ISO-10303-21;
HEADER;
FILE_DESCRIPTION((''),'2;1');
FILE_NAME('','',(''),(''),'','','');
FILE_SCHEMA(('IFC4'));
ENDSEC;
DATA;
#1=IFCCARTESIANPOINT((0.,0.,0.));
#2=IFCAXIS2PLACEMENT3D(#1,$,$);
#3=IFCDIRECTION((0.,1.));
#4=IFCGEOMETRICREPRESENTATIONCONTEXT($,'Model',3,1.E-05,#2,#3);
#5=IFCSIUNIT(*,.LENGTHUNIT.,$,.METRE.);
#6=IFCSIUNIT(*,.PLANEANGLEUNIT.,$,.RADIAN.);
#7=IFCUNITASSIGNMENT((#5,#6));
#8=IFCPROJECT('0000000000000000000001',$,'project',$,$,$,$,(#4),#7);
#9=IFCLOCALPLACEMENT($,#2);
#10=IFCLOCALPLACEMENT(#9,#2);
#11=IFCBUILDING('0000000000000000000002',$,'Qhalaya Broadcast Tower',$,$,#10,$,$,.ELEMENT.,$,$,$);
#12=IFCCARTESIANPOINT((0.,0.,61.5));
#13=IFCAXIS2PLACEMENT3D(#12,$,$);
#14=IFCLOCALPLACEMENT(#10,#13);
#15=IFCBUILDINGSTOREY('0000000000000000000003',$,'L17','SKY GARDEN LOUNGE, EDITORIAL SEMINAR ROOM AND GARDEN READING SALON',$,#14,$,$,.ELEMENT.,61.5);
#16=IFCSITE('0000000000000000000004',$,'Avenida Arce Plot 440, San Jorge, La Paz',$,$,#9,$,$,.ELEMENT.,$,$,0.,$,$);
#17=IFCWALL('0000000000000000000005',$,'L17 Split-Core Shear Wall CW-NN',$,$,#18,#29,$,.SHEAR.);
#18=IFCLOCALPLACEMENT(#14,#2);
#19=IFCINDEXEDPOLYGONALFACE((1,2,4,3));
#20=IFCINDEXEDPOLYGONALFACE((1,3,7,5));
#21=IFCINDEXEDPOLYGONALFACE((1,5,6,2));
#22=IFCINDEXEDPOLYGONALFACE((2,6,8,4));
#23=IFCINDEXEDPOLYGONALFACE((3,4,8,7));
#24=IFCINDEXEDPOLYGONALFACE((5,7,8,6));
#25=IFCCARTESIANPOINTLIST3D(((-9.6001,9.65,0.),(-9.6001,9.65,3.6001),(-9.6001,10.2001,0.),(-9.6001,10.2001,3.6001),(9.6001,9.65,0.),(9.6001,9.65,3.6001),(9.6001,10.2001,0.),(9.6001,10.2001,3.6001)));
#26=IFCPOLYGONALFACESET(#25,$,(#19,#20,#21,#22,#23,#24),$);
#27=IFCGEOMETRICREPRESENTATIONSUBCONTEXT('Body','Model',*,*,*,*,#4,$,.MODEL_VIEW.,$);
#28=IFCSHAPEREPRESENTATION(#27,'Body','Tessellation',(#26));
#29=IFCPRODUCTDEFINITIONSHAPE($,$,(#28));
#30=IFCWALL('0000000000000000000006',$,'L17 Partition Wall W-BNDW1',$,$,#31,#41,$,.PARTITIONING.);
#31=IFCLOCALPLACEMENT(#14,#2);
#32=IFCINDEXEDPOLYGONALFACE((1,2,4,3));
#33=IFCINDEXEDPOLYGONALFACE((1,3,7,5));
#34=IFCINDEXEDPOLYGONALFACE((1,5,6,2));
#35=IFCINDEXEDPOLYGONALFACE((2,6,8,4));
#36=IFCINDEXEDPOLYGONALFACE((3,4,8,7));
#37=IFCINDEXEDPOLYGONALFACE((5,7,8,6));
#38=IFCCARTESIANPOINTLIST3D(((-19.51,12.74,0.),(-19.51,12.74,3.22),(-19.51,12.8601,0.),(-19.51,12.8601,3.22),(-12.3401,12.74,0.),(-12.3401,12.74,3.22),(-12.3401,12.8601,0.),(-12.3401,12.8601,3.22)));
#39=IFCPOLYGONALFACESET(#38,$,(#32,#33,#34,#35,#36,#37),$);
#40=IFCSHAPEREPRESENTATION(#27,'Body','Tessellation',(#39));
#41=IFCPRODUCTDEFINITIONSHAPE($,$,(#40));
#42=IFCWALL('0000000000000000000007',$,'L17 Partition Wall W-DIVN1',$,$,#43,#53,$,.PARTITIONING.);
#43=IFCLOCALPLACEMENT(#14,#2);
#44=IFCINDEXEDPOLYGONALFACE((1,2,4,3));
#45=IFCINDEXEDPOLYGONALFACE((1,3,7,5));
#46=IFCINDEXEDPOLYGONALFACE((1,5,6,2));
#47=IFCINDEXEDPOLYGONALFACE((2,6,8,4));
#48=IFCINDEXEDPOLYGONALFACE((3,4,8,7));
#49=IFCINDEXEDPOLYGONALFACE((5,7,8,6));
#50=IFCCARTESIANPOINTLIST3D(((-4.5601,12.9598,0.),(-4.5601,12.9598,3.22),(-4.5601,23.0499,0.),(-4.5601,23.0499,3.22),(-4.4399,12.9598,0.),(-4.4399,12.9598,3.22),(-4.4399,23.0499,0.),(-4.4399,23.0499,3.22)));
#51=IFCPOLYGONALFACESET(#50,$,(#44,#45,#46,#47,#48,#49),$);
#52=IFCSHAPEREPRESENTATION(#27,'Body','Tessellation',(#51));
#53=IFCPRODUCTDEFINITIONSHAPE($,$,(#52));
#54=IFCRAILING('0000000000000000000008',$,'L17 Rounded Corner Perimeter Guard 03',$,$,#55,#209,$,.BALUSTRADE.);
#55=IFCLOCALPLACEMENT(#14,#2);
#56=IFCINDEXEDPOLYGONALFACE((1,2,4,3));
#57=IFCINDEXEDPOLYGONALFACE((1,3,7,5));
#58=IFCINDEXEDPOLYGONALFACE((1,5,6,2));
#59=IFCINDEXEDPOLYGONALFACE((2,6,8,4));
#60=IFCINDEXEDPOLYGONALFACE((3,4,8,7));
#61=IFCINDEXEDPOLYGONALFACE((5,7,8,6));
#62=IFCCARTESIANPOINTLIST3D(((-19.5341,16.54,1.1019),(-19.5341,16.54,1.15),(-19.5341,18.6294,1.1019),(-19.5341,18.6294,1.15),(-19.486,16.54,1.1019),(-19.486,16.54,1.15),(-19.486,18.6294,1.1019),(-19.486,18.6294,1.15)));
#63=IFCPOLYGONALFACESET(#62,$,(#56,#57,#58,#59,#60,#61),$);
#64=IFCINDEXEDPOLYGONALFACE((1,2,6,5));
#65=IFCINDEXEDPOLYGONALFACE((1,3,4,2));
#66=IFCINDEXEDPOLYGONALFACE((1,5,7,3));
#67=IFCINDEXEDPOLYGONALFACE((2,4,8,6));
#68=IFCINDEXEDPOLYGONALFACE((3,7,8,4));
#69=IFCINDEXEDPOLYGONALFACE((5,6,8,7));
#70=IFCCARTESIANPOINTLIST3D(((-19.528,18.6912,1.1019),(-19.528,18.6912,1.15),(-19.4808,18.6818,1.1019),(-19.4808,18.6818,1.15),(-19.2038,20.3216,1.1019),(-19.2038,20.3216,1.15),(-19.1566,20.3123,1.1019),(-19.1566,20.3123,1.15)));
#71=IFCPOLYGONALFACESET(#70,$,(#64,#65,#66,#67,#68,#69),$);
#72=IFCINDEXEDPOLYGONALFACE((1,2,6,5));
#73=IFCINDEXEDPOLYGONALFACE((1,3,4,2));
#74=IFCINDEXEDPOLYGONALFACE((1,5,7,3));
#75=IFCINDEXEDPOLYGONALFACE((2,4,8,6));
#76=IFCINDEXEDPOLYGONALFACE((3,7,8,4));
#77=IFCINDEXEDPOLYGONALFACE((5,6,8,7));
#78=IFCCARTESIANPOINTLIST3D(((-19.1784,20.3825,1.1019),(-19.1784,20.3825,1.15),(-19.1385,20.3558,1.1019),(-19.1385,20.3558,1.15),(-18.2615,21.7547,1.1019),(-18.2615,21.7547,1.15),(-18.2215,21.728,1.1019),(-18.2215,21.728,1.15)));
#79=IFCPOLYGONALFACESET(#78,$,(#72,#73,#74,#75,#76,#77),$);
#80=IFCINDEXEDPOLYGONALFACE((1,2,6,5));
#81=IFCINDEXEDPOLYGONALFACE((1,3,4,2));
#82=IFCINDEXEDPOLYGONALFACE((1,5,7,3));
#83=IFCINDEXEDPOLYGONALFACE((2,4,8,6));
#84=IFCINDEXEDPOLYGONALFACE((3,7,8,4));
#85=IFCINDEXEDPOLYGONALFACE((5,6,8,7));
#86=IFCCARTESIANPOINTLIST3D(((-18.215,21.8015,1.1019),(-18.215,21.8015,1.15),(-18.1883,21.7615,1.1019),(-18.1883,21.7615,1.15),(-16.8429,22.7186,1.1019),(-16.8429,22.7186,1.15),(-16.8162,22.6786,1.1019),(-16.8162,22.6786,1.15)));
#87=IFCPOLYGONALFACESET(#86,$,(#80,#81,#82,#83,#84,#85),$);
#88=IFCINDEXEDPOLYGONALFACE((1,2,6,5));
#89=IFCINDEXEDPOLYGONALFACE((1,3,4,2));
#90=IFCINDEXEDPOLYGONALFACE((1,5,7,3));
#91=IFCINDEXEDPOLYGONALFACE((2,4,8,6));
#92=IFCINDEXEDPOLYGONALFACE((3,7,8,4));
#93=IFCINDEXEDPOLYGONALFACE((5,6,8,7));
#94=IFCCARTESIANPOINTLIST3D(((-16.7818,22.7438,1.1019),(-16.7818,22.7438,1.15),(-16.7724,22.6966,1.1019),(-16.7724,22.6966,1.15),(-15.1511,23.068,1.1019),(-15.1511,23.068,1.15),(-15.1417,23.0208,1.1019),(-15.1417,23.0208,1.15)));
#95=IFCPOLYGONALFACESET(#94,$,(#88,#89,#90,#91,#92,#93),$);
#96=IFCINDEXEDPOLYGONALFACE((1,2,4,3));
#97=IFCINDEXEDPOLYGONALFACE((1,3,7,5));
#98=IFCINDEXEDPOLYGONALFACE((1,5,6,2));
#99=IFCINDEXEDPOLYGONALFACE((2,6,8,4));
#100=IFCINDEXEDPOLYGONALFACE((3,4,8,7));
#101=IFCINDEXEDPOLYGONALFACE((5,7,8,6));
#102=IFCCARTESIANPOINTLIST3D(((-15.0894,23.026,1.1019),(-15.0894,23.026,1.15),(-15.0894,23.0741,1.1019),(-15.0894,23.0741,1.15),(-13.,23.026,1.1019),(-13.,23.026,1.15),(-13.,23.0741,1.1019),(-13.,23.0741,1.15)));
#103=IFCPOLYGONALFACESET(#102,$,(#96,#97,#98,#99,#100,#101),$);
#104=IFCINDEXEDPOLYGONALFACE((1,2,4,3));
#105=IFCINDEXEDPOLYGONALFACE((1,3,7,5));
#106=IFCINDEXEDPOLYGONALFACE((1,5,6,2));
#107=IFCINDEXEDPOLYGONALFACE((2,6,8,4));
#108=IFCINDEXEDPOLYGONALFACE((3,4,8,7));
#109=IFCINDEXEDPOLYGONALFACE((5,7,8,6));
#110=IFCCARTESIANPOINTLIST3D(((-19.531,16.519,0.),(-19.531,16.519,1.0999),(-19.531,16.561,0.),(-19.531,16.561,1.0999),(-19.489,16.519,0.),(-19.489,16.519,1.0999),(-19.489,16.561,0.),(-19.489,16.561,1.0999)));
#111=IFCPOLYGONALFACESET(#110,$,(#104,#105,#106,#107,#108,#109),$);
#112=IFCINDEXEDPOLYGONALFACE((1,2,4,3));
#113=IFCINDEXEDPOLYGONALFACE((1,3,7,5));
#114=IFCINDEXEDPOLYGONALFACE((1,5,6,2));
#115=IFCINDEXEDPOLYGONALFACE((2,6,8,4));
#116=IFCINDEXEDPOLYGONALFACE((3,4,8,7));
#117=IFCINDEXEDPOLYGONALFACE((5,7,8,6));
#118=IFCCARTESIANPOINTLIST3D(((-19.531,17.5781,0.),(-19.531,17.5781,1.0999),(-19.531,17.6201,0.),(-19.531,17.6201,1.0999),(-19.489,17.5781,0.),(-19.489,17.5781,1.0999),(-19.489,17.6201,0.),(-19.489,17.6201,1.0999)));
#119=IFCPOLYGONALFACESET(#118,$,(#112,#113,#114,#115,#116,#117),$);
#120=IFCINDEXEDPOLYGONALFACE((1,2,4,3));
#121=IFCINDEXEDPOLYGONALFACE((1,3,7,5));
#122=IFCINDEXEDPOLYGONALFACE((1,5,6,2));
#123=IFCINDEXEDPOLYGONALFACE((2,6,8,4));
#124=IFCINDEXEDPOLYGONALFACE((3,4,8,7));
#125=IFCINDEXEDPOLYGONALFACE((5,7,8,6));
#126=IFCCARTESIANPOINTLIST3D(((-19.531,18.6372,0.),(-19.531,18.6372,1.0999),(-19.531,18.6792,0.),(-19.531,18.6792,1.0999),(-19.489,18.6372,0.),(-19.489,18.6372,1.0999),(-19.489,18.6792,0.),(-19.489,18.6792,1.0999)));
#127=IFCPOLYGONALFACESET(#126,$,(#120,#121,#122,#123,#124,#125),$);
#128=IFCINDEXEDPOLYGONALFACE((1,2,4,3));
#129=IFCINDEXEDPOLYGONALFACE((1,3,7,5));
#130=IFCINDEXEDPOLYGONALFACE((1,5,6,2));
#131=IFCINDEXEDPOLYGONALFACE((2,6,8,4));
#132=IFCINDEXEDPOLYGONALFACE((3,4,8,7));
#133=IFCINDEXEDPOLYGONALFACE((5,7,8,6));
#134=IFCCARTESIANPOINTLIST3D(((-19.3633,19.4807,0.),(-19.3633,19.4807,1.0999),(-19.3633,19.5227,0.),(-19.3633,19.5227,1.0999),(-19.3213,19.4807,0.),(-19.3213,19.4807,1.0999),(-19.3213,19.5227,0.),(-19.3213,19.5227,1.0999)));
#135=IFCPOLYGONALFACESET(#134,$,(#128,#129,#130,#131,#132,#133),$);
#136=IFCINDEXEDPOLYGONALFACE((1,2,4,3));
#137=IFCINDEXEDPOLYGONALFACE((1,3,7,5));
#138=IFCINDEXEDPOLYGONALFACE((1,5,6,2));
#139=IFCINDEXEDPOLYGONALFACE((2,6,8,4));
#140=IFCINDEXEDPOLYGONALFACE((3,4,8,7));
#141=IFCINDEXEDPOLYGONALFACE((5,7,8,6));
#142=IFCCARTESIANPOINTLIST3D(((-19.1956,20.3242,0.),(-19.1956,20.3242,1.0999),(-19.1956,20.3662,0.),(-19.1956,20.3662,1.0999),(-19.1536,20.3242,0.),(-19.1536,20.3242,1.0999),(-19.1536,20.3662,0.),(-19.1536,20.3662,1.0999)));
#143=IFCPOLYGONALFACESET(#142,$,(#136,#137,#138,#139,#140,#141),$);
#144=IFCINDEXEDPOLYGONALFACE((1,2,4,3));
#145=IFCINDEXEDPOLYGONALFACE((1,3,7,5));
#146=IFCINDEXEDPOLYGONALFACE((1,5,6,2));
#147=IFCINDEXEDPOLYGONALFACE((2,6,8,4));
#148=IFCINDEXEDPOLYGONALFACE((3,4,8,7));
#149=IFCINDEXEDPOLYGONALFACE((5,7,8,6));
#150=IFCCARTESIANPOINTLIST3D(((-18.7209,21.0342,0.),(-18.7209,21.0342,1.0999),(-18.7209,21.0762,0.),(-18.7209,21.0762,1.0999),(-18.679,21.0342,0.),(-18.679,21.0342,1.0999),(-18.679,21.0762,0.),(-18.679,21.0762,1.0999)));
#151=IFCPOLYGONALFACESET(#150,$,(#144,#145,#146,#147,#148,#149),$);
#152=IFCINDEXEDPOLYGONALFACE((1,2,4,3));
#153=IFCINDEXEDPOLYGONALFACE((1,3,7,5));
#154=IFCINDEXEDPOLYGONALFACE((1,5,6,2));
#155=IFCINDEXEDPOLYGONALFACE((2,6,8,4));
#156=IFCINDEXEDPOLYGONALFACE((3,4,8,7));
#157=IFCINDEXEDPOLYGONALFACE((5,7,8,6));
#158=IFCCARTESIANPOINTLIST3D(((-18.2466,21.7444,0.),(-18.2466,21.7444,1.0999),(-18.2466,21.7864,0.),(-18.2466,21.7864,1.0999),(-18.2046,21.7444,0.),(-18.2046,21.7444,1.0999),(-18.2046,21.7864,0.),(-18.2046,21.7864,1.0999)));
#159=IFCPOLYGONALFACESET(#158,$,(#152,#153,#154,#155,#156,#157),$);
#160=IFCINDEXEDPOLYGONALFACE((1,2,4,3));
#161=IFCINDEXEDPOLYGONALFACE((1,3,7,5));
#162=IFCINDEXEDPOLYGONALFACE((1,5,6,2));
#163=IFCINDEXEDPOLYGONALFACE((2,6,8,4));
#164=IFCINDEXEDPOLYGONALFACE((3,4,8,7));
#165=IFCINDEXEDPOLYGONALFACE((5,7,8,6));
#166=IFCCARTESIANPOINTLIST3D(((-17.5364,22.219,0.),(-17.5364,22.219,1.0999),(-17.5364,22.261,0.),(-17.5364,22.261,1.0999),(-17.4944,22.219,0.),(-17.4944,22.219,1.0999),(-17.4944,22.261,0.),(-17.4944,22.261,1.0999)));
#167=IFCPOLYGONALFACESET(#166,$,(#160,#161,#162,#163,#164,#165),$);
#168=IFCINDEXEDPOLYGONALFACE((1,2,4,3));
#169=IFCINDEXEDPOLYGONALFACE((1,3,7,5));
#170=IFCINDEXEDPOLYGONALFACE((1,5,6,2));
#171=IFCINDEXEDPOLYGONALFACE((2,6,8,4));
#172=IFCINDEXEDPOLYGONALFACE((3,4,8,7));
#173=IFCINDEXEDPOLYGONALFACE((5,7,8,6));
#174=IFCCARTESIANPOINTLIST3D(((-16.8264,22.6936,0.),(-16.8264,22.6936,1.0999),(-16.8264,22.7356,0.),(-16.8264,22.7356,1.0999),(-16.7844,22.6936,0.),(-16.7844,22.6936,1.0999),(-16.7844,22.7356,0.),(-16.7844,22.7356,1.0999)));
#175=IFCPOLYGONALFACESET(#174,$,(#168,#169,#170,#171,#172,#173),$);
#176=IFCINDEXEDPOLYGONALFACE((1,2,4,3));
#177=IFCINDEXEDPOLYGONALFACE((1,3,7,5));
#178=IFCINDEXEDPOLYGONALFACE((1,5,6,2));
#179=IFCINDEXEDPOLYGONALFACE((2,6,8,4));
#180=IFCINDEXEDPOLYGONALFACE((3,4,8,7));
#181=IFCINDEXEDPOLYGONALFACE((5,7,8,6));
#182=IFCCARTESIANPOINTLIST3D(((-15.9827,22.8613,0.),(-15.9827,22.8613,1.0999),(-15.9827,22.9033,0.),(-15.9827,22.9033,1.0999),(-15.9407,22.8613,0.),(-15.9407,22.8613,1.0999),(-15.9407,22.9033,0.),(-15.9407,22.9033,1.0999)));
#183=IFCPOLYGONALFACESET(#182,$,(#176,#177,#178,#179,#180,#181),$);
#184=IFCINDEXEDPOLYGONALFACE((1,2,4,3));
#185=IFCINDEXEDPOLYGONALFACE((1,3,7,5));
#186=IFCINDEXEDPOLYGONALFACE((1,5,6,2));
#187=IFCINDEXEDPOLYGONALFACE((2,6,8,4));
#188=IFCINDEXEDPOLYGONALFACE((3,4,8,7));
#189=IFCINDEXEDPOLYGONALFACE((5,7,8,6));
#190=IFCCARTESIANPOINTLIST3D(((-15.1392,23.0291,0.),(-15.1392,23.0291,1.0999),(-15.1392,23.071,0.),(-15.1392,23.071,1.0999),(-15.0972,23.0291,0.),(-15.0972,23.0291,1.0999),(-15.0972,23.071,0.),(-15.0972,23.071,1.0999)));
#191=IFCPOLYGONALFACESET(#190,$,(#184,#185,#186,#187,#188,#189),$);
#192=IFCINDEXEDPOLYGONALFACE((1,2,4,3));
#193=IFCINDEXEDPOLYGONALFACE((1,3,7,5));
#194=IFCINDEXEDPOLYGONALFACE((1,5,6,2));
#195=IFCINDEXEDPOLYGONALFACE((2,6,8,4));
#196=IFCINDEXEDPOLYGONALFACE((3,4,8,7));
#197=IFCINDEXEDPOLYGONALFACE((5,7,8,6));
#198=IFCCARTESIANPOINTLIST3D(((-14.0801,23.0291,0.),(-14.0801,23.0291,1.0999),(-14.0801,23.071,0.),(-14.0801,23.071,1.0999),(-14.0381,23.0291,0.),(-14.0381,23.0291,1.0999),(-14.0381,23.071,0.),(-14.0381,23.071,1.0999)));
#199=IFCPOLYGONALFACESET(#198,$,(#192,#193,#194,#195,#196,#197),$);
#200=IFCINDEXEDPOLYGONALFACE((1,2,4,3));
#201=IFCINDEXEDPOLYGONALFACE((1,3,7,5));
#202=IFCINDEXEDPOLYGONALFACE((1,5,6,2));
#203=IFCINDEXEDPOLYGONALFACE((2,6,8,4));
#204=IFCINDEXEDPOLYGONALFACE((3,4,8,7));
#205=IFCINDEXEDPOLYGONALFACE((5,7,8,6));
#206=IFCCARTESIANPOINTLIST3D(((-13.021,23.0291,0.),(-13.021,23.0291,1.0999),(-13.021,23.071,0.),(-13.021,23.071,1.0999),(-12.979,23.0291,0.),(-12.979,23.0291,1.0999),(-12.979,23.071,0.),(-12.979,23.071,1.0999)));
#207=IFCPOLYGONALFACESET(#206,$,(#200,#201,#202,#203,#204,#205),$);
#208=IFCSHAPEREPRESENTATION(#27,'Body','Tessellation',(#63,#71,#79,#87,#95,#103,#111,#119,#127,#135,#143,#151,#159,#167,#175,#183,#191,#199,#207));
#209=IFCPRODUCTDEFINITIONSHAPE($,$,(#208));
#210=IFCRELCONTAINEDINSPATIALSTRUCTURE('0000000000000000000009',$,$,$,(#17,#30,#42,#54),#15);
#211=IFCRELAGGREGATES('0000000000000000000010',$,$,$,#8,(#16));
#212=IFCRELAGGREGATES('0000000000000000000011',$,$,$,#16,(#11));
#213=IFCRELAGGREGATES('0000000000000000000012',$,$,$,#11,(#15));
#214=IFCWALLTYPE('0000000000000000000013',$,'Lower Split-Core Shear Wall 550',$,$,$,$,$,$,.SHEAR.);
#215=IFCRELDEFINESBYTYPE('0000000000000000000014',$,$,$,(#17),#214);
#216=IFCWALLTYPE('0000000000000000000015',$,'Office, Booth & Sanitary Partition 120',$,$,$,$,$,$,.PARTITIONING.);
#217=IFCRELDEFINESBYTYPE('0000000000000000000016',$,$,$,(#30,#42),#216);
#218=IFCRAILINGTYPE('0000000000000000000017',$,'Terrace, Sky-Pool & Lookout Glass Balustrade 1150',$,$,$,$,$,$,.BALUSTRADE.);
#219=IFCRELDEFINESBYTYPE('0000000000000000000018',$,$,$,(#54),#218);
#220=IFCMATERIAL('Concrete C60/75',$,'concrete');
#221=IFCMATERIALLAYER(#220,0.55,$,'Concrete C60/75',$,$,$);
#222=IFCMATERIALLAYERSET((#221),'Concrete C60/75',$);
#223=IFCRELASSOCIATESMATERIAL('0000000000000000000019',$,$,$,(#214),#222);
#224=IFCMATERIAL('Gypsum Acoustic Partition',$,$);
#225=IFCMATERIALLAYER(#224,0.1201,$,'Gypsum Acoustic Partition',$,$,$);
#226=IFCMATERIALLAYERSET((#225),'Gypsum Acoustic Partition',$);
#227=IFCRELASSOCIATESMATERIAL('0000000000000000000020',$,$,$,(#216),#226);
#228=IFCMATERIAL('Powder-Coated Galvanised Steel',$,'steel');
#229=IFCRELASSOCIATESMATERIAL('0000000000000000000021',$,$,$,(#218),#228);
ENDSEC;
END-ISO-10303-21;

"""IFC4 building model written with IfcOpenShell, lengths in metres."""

from ifc_helpers import new_model, si_unit, direction, frame, frame_2d, origin, origin_2d, place, context, subcontext, project, spatial, rectangle, extrude, material, layer, layer_set, type_object, element, save


model = new_model("IFC4")

# Units and contexts
model_context = context("Model", 3, precision=1e-05, world=origin(), true_north=direction((0.0, 1.0)))
body_context = subcontext(model_context, "Body", "Model", "MODEL_VIEW")
ifc_project = project(units=[si_unit("LENGTHUNIT", "METRE"), si_unit("PLANEANGLEUNIT", "RADIAN")], contexts=[model_context])

# Site, building, storey
site_placement = place(None, origin())
site = spatial("IfcSite", under=ifc_project, at=site_placement, Name="Avenida Arce Plot 440, San Jorge, La Paz", CompositionType="ELEMENT", RefElevation=0.0)
building_placement = place(site_placement, origin())
building = spatial("IfcBuilding", under=site, at=building_placement, Name="Qhalaya Broadcast Tower", CompositionType="ELEMENT")
storey_placement = place(building_placement, frame((0.0, 0.0, 61.5)))
storey = spatial("IfcBuildingStorey", under=building, at=storey_placement, Name="L17", Description="SKY GARDEN LOUNGE, EDITORIAL SEMINAR ROOM AND GARDEN READING SALON", CompositionType="ELEMENT", Elevation=61.5)

# Shared definitions
ifc_material_1 = material(Name="Gypsum Acoustic Partition")

# Walls
ifc_material_2 = material(Name="Concrete C60/75", Category="concrete")
ifc_layer_1 = layer(ifc_material_2, 0.55, Name="Concrete C60/75")
ifc_layer_set_1 = layer_set([ifc_layer_1], Name="Concrete C60/75")
wall_type_1 = type_object("IfcWallType", Name="Lower Split-Core Shear Wall 550", PredefinedType="SHEAR", material=ifc_layer_set_1)
wall_1_placement = place(storey_placement, frame((-9.6001, 9.925, 0.0), z_axis=(0.0, 0.0, 1.0), x_axis=(1.0, 0.0, 0.0)))
element("IfcWall", 1, at=wall_1_placement, inside=storey, type_object=wall_type_1, Name="L17 Split-Core Shear Wall CW-NN", PredefinedType="SHEAR", context=body_context, shape_type="SweptSolid", body=[
    extrude(rectangle(XDim=19.2002, YDim=0.55, at=frame_2d((9.6001, 0.0))), origin(), (0.0, 0.0, 1.0), 3.6001),
])
ifc_layer_2 = layer(ifc_material_1, 0.1201, Name="Gypsum Acoustic Partition")
ifc_layer_set_2 = layer_set([ifc_layer_2], Name="Gypsum Acoustic Partition")
wall_type_2 = type_object("IfcWallType", Name="Office, Booth & Sanitary Partition 120", PredefinedType="PARTITIONING", material=ifc_layer_set_2)
wall_2_placement = place(storey_placement, frame((-19.51, 12.8, 0.0), z_axis=(0.0, 0.0, 1.0), x_axis=(1.0, 0.0, 0.0)))
element("IfcWall", 2, at=wall_2_placement, inside=storey, type_object=wall_type_2, Name="L17 Partition Wall W-BNDW1", PredefinedType="PARTITIONING", context=body_context, shape_type="SweptSolid", body=[
    extrude(rectangle(XDim=7.1699, YDim=0.1201, at=frame_2d((3.585, 0.0))), origin(), (0.0, 0.0, 1.0), 3.22),
])
wall_3_placement = place(storey_placement, frame((-4.5, 12.96, 0.0), z_axis=(0.0, 0.0, 1.0), x_axis=(0.0, 1.0, 0.0)))
element("IfcWall", 3, at=wall_3_placement, inside=storey, type_object=wall_type_2, Name="L17 Partition Wall W-DIVN1", PredefinedType="PARTITIONING", context=body_context, shape_type="SweptSolid", body=[
    extrude(rectangle(XDim=10.0901, YDim=0.1201, at=frame_2d((5.0449, 0.0))), origin(), (0.0, 0.0, 1.0), 3.22),
])

# Railing
ifc_material_3 = material(Name="Powder-Coated Galvanised Steel", Category="steel")
railing_type = type_object("IfcRailingType", Name="Terrace, Sky-Pool & Lookout Glass Balustrade 1150", PredefinedType="BALUSTRADE", material=ifc_material_3)
railing_placement = place(storey_placement, frame((-19.51, 16.54, 0.0)))
element("IfcRailing", 4, at=railing_placement, inside=storey, type_object=railing_type, Name="L17 Rounded Corner Perimeter Guard 03", PredefinedType="BALUSTRADE", context=body_context, shape_type="SweptSolid", body=[
    extrude(rectangle(XDim=0.0481, YDim=0.0481, at=origin_2d()), frame((0.0, 0.0, 1.126), z_axis=(0.0, 1.0, 0.0), x_axis=(-1.0, 0.0, 0.0)), (0.0, 0.0, 1.0), 2.0894),
    extrude(rectangle(XDim=0.0481, YDim=0.0481, at=origin_2d()), frame((0.0056, 2.1465, 1.126), z_axis=(0.195024, 0.980798, 0.0), x_axis=(-0.980798, 0.195024, 0.0)), (0.0, 0.0, 1.0), 1.6624),
    extrude(rectangle(XDim=0.0481, YDim=0.0481, at=origin_2d()), frame((0.3516, 3.8291, 1.126), z_axis=(0.55559, 0.831456, 0.0), x_axis=(-0.831456, 0.55559, 0.0)), (0.0, 0.0, 1.0), 1.6504),
    extrude(rectangle(XDim=0.0481, YDim=0.0481, at=origin_2d()), frame((1.3083, 5.2415, 1.126), z_axis=(0.83139, 0.555689, 0.0), x_axis=(-0.555689, 0.83139, 0.0)), (0.0, 0.0, 1.0), 1.6504),
    extrude(rectangle(XDim=0.0481, YDim=0.0481, at=origin_2d()), frame((2.7329, 6.1802, 1.126), z_axis=(0.980804, 0.194997, 0.0), x_axis=(-0.194997, 0.980804, 0.0)), (0.0, 0.0, 1.0), 1.6626),
    extrude(rectangle(XDim=0.0481, YDim=0.0481, at=origin_2d()), frame((4.4207, 6.51, 1.126), z_axis=(1.0, 0.0, 0.0), x_axis=(0.0, 1.0, 0.0)), (0.0, 0.0, 1.0), 2.0894),
    extrude(rectangle(XDim=0.042, YDim=0.042, at=origin_2d()), origin(), (0.0, 0.0, 1.0), 1.0999),
    extrude(rectangle(XDim=0.042, YDim=0.042, at=origin_2d()), frame((0.0, 1.0591, 0.0)), (0.0, 0.0, 1.0), 1.0999),
    extrude(rectangle(XDim=0.042, YDim=0.042, at=origin_2d()), frame((0.0, 2.1182, 0.0)), (0.0, 0.0, 1.0), 1.0999),
    extrude(rectangle(XDim=0.042, YDim=0.042, at=origin_2d()), frame((0.1677, 2.9617, 0.0)), (0.0, 0.0, 1.0), 1.0999),
    extrude(rectangle(XDim=0.042, YDim=0.042, at=origin_2d()), frame((0.3354, 3.8052, 0.0)), (0.0, 0.0, 1.0), 1.0999),
    extrude(rectangle(XDim=0.042, YDim=0.042, at=origin_2d()), frame((0.8101, 4.5151, 0.0)), (0.0, 0.0, 1.0), 1.0999),
    extrude(rectangle(XDim=0.042, YDim=0.042, at=origin_2d()), frame((1.2844, 5.2253, 0.0)), (0.0, 0.0, 1.0), 1.0999),
    extrude(rectangle(XDim=0.042, YDim=0.042, at=origin_2d()), frame((1.9946, 5.7, 0.0)), (0.0, 0.0, 1.0), 1.0999),
    extrude(rectangle(XDim=0.042, YDim=0.042, at=origin_2d()), frame((2.7046, 6.1746, 0.0)), (0.0, 0.0, 1.0), 1.0999),
    extrude(rectangle(XDim=0.042, YDim=0.042, at=origin_2d()), frame((3.5483, 6.3423, 0.0)), (0.0, 0.0, 1.0), 1.0999),
    extrude(rectangle(XDim=0.042, YDim=0.042, at=origin_2d()), frame((4.3918, 6.51, 0.0)), (0.0, 0.0, 1.0), 1.0999),
    extrude(rectangle(XDim=0.042, YDim=0.042, at=origin_2d()), frame((5.4509, 6.51, 0.0)), (0.0, 0.0, 1.0), 1.0999),
    extrude(rectangle(XDim=0.042, YDim=0.042, at=origin_2d()), frame((6.51, 6.51, 0.0)), (0.0, 0.0, 1.0), 1.0999),
])

save(model, "model.ifc")
